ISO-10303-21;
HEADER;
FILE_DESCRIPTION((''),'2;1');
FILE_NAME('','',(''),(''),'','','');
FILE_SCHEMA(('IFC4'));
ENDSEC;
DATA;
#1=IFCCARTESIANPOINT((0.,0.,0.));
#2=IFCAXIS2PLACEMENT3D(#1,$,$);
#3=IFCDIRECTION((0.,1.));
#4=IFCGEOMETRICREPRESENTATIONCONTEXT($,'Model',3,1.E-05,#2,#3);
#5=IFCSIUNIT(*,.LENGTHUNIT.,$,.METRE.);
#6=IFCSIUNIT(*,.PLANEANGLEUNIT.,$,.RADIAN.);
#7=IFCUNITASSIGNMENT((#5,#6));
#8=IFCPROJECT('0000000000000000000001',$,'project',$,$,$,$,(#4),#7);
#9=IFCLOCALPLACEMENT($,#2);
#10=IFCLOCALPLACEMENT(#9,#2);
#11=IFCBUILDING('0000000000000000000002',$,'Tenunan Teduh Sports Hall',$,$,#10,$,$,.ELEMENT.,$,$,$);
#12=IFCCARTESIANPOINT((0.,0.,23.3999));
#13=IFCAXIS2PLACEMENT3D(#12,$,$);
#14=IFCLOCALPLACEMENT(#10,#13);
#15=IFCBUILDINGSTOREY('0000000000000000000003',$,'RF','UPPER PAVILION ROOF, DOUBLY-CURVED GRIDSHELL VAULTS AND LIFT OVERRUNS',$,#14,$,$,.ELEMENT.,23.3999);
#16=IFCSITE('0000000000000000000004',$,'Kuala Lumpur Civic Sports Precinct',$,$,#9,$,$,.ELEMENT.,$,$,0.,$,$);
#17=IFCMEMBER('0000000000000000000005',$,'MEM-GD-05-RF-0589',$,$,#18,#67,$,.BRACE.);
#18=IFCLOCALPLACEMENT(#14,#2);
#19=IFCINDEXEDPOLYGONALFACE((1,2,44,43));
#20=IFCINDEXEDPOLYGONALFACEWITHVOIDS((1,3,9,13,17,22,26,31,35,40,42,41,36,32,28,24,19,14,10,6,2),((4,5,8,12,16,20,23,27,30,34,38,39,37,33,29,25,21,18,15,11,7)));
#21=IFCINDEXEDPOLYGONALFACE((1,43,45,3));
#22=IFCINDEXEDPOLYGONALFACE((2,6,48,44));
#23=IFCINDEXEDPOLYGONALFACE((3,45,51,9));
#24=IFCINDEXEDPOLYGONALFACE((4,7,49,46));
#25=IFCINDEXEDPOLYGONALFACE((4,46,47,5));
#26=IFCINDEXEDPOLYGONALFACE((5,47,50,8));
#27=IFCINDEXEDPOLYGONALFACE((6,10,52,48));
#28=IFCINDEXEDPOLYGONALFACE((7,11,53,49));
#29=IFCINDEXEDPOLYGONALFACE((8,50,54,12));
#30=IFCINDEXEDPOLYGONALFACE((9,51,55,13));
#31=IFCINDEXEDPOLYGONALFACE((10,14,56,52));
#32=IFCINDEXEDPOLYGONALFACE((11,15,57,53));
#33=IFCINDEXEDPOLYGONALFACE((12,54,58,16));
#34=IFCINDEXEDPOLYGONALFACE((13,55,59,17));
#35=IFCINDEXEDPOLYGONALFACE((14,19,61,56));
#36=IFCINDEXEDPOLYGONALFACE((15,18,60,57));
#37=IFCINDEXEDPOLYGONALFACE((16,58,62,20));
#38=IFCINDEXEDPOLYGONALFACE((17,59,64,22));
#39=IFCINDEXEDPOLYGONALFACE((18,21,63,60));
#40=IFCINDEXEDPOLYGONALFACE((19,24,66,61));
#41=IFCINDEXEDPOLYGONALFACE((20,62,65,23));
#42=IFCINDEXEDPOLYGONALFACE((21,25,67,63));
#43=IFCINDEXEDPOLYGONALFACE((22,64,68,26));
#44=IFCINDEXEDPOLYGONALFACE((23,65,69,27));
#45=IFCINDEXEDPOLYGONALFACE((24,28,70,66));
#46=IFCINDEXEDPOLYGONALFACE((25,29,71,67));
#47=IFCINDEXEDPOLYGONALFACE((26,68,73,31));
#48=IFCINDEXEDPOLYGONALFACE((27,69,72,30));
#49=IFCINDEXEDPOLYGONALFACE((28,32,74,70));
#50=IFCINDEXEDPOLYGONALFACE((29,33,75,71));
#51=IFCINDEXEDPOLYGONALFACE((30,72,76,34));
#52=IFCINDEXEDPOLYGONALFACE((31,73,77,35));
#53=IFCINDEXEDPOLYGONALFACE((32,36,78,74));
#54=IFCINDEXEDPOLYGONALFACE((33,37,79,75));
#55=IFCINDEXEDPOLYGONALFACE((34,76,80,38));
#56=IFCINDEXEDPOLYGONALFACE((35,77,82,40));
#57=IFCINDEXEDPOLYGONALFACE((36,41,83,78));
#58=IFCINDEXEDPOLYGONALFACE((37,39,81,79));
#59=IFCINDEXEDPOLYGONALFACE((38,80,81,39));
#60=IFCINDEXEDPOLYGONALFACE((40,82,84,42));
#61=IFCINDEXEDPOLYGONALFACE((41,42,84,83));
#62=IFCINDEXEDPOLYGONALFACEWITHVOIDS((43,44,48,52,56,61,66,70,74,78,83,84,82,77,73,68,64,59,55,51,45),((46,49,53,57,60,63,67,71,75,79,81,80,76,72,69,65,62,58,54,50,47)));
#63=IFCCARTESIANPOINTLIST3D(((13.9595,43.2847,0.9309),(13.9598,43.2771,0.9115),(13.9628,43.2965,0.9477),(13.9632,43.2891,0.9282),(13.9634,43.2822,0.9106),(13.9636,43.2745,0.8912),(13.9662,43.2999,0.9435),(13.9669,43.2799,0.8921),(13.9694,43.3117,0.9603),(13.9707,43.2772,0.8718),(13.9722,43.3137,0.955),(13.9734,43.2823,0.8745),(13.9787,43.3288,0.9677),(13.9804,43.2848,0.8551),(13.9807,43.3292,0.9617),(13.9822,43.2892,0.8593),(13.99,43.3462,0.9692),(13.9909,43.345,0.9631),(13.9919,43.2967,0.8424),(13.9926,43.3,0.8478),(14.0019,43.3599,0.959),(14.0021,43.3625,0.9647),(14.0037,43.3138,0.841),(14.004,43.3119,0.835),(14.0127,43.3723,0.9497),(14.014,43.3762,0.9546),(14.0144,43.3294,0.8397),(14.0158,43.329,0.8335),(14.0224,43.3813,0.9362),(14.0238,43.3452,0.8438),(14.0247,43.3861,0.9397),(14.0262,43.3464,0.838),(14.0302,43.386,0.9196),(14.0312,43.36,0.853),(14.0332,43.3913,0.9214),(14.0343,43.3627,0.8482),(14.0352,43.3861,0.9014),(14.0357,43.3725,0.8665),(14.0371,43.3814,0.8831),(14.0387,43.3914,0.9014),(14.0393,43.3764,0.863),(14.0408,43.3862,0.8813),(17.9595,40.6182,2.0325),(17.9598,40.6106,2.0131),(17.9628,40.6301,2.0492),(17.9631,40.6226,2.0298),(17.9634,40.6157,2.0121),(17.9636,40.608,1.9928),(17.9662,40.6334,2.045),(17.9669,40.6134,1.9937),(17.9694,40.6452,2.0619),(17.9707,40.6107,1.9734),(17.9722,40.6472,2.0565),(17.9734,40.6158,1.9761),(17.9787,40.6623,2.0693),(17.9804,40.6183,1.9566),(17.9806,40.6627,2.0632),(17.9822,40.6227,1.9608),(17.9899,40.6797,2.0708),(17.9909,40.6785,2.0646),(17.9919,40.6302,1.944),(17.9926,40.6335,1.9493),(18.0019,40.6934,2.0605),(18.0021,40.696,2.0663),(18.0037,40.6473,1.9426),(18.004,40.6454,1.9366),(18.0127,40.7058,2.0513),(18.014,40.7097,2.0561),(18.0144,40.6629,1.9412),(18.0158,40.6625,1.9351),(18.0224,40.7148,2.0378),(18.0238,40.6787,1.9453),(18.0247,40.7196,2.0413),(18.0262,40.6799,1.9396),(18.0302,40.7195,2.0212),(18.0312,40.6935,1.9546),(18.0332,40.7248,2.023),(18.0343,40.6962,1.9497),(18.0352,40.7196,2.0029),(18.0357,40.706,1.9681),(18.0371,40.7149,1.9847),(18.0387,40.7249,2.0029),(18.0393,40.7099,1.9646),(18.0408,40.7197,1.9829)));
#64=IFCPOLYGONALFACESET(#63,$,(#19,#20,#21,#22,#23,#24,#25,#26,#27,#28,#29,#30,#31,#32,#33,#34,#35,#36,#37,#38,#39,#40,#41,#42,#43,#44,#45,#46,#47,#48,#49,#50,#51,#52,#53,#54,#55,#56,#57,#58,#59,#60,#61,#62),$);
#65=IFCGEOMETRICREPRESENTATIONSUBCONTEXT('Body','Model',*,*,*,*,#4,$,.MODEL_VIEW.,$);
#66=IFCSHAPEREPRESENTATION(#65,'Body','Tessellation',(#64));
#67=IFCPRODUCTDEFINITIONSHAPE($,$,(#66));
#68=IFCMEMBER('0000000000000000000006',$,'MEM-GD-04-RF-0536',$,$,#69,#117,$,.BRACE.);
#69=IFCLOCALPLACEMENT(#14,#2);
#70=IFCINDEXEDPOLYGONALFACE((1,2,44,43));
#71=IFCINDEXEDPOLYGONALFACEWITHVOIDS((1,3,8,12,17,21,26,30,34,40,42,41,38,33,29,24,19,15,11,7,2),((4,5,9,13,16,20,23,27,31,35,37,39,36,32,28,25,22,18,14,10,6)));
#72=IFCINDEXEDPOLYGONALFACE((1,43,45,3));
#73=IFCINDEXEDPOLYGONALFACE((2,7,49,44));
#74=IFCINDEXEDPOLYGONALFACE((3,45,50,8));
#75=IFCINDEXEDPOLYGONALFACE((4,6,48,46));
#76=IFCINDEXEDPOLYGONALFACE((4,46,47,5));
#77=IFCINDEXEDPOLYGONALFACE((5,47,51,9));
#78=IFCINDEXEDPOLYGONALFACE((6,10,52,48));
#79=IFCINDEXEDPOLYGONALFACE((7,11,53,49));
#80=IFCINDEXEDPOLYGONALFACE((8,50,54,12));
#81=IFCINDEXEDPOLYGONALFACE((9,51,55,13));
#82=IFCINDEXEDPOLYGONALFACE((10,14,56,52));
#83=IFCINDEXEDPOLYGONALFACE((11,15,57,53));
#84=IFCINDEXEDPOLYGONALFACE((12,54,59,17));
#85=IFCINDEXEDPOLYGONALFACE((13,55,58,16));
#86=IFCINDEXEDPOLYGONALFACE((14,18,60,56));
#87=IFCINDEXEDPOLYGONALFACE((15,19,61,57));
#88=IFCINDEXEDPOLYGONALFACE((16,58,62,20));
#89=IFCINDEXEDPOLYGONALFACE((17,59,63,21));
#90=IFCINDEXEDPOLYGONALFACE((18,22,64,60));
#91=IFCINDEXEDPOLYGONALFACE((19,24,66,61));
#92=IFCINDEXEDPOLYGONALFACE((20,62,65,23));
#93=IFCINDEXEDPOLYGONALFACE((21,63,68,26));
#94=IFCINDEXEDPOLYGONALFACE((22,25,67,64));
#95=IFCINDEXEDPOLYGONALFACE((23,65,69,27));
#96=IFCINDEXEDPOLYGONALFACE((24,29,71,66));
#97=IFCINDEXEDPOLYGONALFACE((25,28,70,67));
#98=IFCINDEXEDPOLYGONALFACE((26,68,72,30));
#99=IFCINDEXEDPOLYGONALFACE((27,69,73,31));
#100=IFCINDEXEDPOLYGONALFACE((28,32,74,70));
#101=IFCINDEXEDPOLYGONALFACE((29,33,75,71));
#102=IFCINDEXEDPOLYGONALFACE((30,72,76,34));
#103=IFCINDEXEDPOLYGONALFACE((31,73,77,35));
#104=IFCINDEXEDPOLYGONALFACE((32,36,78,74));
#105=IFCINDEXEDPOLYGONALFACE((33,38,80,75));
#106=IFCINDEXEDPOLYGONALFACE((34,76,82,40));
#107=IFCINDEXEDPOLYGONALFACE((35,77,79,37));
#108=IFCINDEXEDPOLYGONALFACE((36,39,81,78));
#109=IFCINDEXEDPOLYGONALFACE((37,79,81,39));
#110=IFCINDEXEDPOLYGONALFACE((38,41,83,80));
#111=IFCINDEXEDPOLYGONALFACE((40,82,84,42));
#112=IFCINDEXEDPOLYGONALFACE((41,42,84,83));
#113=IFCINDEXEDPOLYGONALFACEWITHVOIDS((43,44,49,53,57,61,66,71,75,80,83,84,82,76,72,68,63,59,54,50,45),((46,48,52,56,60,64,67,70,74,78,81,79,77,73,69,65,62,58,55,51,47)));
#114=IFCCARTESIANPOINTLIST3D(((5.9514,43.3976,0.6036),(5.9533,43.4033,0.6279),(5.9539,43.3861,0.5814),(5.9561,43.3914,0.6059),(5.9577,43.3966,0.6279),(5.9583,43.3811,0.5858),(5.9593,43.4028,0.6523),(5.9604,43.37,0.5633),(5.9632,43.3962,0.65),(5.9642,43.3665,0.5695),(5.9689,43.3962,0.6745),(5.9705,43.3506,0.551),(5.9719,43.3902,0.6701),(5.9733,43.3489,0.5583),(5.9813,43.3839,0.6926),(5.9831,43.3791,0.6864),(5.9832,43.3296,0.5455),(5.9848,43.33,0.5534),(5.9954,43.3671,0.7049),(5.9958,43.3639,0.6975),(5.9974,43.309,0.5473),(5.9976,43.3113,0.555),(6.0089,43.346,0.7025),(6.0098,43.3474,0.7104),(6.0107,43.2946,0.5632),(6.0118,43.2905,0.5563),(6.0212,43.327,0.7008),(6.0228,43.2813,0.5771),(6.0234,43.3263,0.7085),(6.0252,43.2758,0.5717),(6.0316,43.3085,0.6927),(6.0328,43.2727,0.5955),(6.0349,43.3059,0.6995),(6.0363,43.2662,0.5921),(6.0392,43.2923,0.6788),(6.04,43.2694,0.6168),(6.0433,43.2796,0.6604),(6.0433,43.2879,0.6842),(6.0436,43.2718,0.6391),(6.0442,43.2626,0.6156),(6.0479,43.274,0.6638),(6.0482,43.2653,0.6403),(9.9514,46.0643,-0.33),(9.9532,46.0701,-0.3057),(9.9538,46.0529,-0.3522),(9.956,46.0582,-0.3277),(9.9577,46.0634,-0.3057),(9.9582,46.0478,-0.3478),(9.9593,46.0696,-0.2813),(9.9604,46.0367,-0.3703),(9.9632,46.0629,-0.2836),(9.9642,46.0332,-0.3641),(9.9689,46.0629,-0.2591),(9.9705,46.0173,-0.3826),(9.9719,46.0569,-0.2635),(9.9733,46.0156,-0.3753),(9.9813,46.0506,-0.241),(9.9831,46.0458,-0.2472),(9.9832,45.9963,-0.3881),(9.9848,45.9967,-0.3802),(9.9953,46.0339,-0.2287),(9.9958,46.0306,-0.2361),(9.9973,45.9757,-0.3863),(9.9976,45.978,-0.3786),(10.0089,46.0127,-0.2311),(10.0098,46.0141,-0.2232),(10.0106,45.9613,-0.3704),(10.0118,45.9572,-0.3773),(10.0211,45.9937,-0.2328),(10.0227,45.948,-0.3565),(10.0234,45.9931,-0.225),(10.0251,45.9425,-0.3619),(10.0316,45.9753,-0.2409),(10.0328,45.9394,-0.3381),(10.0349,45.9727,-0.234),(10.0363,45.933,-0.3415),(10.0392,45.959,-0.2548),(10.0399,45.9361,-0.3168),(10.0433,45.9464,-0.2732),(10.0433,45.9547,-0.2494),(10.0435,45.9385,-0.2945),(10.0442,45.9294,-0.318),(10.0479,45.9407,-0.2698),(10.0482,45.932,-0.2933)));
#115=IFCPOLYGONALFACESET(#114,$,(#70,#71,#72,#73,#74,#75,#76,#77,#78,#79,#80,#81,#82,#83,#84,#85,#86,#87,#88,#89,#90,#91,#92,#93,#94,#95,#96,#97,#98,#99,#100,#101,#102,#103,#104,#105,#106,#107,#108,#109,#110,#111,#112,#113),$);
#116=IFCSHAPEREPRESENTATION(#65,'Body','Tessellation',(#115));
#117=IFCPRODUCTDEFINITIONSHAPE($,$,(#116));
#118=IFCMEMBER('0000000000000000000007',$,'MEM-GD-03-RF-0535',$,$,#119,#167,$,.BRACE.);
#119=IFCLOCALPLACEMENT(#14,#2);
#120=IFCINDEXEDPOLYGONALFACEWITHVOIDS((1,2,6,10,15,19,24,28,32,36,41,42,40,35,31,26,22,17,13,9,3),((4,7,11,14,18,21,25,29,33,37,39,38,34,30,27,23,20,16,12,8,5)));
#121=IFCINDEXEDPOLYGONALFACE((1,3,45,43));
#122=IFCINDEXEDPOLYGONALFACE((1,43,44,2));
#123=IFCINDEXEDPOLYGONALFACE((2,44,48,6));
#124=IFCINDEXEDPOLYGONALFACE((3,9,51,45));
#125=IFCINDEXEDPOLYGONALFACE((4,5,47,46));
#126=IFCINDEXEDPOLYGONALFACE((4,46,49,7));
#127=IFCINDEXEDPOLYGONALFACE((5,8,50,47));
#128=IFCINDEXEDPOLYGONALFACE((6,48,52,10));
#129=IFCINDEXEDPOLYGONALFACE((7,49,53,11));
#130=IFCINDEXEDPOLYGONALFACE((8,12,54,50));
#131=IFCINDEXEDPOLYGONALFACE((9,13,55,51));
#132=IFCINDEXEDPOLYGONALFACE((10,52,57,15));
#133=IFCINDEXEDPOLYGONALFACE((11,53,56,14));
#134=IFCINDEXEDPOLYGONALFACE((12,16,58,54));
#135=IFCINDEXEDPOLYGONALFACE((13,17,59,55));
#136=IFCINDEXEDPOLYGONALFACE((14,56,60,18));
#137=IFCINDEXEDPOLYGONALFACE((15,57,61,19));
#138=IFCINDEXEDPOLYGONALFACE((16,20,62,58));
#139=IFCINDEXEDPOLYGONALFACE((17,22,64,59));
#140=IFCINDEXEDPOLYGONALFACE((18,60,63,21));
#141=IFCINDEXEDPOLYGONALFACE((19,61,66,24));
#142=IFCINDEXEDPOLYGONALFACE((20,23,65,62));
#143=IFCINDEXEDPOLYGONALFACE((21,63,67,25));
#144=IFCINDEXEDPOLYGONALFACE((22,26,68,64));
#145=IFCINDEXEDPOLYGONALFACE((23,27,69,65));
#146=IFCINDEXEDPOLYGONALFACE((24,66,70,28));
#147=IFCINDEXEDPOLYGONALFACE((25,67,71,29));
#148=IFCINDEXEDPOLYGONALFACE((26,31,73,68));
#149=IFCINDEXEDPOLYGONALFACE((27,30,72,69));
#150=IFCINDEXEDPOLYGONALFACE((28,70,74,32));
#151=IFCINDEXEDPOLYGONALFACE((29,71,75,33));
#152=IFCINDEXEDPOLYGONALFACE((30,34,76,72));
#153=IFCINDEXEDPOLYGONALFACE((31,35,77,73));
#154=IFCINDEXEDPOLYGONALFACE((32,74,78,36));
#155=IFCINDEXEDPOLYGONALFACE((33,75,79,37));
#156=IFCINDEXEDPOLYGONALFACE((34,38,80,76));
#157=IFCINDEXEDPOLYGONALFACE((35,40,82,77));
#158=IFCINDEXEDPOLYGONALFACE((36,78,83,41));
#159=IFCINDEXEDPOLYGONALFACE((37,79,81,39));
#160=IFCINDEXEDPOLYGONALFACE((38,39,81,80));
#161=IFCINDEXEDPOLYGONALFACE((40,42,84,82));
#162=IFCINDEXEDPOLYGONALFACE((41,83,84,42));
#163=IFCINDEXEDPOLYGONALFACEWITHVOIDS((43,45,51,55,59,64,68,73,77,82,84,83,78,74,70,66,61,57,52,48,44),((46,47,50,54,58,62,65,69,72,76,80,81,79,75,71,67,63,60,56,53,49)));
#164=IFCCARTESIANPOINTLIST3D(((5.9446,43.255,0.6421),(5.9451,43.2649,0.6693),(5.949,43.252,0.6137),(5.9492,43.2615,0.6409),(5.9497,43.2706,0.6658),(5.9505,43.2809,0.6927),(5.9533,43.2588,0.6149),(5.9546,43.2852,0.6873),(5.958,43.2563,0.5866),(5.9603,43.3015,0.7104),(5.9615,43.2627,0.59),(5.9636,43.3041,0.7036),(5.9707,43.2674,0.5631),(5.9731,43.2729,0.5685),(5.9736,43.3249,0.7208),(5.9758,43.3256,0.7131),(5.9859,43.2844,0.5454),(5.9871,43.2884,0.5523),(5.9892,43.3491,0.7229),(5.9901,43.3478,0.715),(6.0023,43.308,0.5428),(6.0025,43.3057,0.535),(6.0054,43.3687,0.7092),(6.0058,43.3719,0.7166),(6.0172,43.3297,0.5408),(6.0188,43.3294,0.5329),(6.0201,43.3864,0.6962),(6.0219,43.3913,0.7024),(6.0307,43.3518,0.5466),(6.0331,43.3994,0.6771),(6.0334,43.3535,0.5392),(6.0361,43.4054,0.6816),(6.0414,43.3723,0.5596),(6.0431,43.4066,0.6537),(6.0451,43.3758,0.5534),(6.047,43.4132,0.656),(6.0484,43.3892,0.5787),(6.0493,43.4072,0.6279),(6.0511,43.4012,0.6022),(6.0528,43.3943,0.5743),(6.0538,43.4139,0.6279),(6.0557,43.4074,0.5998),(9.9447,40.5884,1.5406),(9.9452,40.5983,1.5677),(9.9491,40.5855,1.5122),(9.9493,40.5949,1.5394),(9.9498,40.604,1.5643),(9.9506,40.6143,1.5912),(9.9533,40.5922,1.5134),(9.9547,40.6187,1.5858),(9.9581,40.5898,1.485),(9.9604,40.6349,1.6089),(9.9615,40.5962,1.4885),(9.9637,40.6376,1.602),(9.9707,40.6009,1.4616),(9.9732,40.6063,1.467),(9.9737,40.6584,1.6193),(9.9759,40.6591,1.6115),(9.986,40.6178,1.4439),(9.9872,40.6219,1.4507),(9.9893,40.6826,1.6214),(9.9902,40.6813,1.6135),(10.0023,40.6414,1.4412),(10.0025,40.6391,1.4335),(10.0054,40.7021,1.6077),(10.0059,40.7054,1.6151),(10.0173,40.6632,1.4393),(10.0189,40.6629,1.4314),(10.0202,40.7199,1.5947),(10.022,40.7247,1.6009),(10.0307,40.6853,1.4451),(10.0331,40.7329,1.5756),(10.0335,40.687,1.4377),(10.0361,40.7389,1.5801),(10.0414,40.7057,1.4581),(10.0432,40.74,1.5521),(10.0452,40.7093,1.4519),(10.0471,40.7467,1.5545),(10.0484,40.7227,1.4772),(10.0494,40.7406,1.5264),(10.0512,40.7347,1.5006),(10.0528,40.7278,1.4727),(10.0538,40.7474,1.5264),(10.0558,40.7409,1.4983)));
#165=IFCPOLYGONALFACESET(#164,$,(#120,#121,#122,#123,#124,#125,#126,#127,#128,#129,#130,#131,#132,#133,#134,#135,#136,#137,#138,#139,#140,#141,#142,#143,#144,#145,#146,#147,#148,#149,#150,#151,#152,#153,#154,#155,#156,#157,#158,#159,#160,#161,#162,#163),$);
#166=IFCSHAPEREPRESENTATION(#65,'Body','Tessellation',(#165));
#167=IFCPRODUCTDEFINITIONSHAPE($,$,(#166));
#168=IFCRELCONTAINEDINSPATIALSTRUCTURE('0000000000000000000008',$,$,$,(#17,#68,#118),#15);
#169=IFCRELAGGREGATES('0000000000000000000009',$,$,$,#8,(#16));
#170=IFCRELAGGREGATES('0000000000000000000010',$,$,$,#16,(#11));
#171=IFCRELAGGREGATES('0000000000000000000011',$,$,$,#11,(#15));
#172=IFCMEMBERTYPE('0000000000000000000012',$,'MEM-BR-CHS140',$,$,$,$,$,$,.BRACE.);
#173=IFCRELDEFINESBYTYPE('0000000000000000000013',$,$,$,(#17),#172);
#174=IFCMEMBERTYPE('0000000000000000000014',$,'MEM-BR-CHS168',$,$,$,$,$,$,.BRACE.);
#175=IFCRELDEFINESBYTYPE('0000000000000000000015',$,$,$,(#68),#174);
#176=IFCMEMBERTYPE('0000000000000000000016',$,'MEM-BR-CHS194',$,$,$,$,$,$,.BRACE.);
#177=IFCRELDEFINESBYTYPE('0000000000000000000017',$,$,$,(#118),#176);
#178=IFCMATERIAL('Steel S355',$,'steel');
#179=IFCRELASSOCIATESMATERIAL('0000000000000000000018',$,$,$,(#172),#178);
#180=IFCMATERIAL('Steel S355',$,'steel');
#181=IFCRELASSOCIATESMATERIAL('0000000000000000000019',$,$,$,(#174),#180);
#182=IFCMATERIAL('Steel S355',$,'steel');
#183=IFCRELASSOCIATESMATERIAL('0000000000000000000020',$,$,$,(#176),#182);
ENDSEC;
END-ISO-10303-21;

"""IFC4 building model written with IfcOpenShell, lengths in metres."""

from ifc_helpers import new_model, si_unit, direction, frame, origin, origin_2d, place, context, subcontext, project, spatial, hollow_circle, extrude, material, material_profile, profile_set, type_object, element, save


model = new_model("IFC4")

# Units and contexts
model_context = context("Model", 3, precision=1e-05, world=origin(), true_north=direction((0.0, 1.0)))
body_context = subcontext(model_context, "Body", "Model", "MODEL_VIEW")
ifc_project = project(units=[si_unit("LENGTHUNIT", "METRE"), si_unit("PLANEANGLEUNIT", "RADIAN")], contexts=[model_context])

# Site, building, storey
site_placement = place(None, origin())
site = spatial("IfcSite", under=ifc_project, at=site_placement, Name="Kuala Lumpur Civic Sports Precinct", CompositionType="ELEMENT", RefElevation=0.0)
building_placement = place(site_placement, origin())
building = spatial("IfcBuilding", under=site, at=building_placement, Name="Tenunan Teduh Sports Hall", CompositionType="ELEMENT")
storey_placement = place(building_placement, frame((0.0, 0.0, 23.3999)))
storey = spatial("IfcBuildingStorey", under=building, at=storey_placement, Name="RF", Description="UPPER PAVILION ROOF, DOUBLY-CURVED GRIDSHELL VAULTS AND LIFT OVERRUNS", CompositionType="ELEMENT", Elevation=23.3999)

# Members
ifc_material_1 = material(Name="Steel S355", Category="steel")
ifc_material_profile_1 = material_profile(ifc_material_1, hollow_circle(Radius=0.0698, WallThickness=0.0063, at=origin_2d()), Name="CHS 139.7x6.3")
ifc_profile_set_1 = profile_set([ifc_material_profile_1], Name="Steel S355")
member_type_1 = type_object("IfcMemberType", Name="MEM-BR-CHS140", PredefinedType="BRACE", material=ifc_profile_set_1)
member_1_placement = place(storey_placement, frame((14.0, 43.3333, 0.9014), z_axis=(0.811046, -0.540664, 0.223354), x_axis=(0.554677, 0.832066, 0.0)))
element("IfcMember", 1, at=member_1_placement, inside=storey, type_object=member_type_1, Name="MEM-GD-05-RF-0589", PredefinedType="BRACE", context=body_context, shape_type="SweptSolid", body=[
    extrude(hollow_circle(Radius=0.0698, WallThickness=0.0063, at=origin_2d()), origin(), (0.0, 0.0, 1.0), 4.9319),
])
ifc_material_2 = material(Name="Steel S355", Category="steel")
ifc_material_profile_2 = material_profile(ifc_material_2, hollow_circle(Radius=0.0842, WallThickness=0.0081, at=origin_2d()), Name="CHS 168.3x8.0")
ifc_profile_set_2 = profile_set([ifc_material_profile_2], Name="Steel S355")
member_type_2 = type_object("IfcMemberType", Name="MEM-BR-CHS168", PredefinedType="BRACE", material=ifc_profile_set_2)
member_2_placement = place(storey_placement, frame((6.0, 43.3333, 0.6279), z_axis=(0.816783, 0.544539, -0.190636), x_axis=(-0.554712, 0.832042, 0.0)))
element("IfcMember", 2, at=member_2_placement, inside=storey, type_object=member_type_2, Name="MEM-GD-04-RF-0536", PredefinedType="BRACE", context=body_context, shape_type="SweptSolid", body=[
    extrude(hollow_circle(Radius=0.0842, WallThickness=0.0081, at=origin_2d()), origin(), (0.0, 0.0, 1.0), 4.8972),
])
ifc_material_3 = material(Name="Steel S355", Category="steel")
ifc_material_profile_3 = material_profile(ifc_material_3, hollow_circle(Radius=0.0969, WallThickness=0.0081, at=origin_2d()), Name="CHS 193.7x8.0")
ifc_profile_set_3 = profile_set([ifc_material_profile_3], Name="Steel S355")
member_type_3 = type_object("IfcMemberType", Name="MEM-BR-CHS194", PredefinedType="BRACE", material=ifc_profile_set_3)
member_3_placement = place(storey_placement, frame((6.0, 43.3333, 0.6279), z_axis=(0.817905, -0.545237, 0.183709), x_axis=(0.554677, 0.832066, 0.0)))
element("IfcMember", 3, at=member_3_placement, inside=storey, type_object=member_type_3, Name="MEM-GD-03-RF-0535", PredefinedType="BRACE", context=body_context, shape_type="SweptSolid", body=[
    extrude(hollow_circle(Radius=0.0969, WallThickness=0.0081, at=origin_2d()), origin(), (0.0, 0.0, 1.0), 4.8906),
])

save(model, "model.ifc")
